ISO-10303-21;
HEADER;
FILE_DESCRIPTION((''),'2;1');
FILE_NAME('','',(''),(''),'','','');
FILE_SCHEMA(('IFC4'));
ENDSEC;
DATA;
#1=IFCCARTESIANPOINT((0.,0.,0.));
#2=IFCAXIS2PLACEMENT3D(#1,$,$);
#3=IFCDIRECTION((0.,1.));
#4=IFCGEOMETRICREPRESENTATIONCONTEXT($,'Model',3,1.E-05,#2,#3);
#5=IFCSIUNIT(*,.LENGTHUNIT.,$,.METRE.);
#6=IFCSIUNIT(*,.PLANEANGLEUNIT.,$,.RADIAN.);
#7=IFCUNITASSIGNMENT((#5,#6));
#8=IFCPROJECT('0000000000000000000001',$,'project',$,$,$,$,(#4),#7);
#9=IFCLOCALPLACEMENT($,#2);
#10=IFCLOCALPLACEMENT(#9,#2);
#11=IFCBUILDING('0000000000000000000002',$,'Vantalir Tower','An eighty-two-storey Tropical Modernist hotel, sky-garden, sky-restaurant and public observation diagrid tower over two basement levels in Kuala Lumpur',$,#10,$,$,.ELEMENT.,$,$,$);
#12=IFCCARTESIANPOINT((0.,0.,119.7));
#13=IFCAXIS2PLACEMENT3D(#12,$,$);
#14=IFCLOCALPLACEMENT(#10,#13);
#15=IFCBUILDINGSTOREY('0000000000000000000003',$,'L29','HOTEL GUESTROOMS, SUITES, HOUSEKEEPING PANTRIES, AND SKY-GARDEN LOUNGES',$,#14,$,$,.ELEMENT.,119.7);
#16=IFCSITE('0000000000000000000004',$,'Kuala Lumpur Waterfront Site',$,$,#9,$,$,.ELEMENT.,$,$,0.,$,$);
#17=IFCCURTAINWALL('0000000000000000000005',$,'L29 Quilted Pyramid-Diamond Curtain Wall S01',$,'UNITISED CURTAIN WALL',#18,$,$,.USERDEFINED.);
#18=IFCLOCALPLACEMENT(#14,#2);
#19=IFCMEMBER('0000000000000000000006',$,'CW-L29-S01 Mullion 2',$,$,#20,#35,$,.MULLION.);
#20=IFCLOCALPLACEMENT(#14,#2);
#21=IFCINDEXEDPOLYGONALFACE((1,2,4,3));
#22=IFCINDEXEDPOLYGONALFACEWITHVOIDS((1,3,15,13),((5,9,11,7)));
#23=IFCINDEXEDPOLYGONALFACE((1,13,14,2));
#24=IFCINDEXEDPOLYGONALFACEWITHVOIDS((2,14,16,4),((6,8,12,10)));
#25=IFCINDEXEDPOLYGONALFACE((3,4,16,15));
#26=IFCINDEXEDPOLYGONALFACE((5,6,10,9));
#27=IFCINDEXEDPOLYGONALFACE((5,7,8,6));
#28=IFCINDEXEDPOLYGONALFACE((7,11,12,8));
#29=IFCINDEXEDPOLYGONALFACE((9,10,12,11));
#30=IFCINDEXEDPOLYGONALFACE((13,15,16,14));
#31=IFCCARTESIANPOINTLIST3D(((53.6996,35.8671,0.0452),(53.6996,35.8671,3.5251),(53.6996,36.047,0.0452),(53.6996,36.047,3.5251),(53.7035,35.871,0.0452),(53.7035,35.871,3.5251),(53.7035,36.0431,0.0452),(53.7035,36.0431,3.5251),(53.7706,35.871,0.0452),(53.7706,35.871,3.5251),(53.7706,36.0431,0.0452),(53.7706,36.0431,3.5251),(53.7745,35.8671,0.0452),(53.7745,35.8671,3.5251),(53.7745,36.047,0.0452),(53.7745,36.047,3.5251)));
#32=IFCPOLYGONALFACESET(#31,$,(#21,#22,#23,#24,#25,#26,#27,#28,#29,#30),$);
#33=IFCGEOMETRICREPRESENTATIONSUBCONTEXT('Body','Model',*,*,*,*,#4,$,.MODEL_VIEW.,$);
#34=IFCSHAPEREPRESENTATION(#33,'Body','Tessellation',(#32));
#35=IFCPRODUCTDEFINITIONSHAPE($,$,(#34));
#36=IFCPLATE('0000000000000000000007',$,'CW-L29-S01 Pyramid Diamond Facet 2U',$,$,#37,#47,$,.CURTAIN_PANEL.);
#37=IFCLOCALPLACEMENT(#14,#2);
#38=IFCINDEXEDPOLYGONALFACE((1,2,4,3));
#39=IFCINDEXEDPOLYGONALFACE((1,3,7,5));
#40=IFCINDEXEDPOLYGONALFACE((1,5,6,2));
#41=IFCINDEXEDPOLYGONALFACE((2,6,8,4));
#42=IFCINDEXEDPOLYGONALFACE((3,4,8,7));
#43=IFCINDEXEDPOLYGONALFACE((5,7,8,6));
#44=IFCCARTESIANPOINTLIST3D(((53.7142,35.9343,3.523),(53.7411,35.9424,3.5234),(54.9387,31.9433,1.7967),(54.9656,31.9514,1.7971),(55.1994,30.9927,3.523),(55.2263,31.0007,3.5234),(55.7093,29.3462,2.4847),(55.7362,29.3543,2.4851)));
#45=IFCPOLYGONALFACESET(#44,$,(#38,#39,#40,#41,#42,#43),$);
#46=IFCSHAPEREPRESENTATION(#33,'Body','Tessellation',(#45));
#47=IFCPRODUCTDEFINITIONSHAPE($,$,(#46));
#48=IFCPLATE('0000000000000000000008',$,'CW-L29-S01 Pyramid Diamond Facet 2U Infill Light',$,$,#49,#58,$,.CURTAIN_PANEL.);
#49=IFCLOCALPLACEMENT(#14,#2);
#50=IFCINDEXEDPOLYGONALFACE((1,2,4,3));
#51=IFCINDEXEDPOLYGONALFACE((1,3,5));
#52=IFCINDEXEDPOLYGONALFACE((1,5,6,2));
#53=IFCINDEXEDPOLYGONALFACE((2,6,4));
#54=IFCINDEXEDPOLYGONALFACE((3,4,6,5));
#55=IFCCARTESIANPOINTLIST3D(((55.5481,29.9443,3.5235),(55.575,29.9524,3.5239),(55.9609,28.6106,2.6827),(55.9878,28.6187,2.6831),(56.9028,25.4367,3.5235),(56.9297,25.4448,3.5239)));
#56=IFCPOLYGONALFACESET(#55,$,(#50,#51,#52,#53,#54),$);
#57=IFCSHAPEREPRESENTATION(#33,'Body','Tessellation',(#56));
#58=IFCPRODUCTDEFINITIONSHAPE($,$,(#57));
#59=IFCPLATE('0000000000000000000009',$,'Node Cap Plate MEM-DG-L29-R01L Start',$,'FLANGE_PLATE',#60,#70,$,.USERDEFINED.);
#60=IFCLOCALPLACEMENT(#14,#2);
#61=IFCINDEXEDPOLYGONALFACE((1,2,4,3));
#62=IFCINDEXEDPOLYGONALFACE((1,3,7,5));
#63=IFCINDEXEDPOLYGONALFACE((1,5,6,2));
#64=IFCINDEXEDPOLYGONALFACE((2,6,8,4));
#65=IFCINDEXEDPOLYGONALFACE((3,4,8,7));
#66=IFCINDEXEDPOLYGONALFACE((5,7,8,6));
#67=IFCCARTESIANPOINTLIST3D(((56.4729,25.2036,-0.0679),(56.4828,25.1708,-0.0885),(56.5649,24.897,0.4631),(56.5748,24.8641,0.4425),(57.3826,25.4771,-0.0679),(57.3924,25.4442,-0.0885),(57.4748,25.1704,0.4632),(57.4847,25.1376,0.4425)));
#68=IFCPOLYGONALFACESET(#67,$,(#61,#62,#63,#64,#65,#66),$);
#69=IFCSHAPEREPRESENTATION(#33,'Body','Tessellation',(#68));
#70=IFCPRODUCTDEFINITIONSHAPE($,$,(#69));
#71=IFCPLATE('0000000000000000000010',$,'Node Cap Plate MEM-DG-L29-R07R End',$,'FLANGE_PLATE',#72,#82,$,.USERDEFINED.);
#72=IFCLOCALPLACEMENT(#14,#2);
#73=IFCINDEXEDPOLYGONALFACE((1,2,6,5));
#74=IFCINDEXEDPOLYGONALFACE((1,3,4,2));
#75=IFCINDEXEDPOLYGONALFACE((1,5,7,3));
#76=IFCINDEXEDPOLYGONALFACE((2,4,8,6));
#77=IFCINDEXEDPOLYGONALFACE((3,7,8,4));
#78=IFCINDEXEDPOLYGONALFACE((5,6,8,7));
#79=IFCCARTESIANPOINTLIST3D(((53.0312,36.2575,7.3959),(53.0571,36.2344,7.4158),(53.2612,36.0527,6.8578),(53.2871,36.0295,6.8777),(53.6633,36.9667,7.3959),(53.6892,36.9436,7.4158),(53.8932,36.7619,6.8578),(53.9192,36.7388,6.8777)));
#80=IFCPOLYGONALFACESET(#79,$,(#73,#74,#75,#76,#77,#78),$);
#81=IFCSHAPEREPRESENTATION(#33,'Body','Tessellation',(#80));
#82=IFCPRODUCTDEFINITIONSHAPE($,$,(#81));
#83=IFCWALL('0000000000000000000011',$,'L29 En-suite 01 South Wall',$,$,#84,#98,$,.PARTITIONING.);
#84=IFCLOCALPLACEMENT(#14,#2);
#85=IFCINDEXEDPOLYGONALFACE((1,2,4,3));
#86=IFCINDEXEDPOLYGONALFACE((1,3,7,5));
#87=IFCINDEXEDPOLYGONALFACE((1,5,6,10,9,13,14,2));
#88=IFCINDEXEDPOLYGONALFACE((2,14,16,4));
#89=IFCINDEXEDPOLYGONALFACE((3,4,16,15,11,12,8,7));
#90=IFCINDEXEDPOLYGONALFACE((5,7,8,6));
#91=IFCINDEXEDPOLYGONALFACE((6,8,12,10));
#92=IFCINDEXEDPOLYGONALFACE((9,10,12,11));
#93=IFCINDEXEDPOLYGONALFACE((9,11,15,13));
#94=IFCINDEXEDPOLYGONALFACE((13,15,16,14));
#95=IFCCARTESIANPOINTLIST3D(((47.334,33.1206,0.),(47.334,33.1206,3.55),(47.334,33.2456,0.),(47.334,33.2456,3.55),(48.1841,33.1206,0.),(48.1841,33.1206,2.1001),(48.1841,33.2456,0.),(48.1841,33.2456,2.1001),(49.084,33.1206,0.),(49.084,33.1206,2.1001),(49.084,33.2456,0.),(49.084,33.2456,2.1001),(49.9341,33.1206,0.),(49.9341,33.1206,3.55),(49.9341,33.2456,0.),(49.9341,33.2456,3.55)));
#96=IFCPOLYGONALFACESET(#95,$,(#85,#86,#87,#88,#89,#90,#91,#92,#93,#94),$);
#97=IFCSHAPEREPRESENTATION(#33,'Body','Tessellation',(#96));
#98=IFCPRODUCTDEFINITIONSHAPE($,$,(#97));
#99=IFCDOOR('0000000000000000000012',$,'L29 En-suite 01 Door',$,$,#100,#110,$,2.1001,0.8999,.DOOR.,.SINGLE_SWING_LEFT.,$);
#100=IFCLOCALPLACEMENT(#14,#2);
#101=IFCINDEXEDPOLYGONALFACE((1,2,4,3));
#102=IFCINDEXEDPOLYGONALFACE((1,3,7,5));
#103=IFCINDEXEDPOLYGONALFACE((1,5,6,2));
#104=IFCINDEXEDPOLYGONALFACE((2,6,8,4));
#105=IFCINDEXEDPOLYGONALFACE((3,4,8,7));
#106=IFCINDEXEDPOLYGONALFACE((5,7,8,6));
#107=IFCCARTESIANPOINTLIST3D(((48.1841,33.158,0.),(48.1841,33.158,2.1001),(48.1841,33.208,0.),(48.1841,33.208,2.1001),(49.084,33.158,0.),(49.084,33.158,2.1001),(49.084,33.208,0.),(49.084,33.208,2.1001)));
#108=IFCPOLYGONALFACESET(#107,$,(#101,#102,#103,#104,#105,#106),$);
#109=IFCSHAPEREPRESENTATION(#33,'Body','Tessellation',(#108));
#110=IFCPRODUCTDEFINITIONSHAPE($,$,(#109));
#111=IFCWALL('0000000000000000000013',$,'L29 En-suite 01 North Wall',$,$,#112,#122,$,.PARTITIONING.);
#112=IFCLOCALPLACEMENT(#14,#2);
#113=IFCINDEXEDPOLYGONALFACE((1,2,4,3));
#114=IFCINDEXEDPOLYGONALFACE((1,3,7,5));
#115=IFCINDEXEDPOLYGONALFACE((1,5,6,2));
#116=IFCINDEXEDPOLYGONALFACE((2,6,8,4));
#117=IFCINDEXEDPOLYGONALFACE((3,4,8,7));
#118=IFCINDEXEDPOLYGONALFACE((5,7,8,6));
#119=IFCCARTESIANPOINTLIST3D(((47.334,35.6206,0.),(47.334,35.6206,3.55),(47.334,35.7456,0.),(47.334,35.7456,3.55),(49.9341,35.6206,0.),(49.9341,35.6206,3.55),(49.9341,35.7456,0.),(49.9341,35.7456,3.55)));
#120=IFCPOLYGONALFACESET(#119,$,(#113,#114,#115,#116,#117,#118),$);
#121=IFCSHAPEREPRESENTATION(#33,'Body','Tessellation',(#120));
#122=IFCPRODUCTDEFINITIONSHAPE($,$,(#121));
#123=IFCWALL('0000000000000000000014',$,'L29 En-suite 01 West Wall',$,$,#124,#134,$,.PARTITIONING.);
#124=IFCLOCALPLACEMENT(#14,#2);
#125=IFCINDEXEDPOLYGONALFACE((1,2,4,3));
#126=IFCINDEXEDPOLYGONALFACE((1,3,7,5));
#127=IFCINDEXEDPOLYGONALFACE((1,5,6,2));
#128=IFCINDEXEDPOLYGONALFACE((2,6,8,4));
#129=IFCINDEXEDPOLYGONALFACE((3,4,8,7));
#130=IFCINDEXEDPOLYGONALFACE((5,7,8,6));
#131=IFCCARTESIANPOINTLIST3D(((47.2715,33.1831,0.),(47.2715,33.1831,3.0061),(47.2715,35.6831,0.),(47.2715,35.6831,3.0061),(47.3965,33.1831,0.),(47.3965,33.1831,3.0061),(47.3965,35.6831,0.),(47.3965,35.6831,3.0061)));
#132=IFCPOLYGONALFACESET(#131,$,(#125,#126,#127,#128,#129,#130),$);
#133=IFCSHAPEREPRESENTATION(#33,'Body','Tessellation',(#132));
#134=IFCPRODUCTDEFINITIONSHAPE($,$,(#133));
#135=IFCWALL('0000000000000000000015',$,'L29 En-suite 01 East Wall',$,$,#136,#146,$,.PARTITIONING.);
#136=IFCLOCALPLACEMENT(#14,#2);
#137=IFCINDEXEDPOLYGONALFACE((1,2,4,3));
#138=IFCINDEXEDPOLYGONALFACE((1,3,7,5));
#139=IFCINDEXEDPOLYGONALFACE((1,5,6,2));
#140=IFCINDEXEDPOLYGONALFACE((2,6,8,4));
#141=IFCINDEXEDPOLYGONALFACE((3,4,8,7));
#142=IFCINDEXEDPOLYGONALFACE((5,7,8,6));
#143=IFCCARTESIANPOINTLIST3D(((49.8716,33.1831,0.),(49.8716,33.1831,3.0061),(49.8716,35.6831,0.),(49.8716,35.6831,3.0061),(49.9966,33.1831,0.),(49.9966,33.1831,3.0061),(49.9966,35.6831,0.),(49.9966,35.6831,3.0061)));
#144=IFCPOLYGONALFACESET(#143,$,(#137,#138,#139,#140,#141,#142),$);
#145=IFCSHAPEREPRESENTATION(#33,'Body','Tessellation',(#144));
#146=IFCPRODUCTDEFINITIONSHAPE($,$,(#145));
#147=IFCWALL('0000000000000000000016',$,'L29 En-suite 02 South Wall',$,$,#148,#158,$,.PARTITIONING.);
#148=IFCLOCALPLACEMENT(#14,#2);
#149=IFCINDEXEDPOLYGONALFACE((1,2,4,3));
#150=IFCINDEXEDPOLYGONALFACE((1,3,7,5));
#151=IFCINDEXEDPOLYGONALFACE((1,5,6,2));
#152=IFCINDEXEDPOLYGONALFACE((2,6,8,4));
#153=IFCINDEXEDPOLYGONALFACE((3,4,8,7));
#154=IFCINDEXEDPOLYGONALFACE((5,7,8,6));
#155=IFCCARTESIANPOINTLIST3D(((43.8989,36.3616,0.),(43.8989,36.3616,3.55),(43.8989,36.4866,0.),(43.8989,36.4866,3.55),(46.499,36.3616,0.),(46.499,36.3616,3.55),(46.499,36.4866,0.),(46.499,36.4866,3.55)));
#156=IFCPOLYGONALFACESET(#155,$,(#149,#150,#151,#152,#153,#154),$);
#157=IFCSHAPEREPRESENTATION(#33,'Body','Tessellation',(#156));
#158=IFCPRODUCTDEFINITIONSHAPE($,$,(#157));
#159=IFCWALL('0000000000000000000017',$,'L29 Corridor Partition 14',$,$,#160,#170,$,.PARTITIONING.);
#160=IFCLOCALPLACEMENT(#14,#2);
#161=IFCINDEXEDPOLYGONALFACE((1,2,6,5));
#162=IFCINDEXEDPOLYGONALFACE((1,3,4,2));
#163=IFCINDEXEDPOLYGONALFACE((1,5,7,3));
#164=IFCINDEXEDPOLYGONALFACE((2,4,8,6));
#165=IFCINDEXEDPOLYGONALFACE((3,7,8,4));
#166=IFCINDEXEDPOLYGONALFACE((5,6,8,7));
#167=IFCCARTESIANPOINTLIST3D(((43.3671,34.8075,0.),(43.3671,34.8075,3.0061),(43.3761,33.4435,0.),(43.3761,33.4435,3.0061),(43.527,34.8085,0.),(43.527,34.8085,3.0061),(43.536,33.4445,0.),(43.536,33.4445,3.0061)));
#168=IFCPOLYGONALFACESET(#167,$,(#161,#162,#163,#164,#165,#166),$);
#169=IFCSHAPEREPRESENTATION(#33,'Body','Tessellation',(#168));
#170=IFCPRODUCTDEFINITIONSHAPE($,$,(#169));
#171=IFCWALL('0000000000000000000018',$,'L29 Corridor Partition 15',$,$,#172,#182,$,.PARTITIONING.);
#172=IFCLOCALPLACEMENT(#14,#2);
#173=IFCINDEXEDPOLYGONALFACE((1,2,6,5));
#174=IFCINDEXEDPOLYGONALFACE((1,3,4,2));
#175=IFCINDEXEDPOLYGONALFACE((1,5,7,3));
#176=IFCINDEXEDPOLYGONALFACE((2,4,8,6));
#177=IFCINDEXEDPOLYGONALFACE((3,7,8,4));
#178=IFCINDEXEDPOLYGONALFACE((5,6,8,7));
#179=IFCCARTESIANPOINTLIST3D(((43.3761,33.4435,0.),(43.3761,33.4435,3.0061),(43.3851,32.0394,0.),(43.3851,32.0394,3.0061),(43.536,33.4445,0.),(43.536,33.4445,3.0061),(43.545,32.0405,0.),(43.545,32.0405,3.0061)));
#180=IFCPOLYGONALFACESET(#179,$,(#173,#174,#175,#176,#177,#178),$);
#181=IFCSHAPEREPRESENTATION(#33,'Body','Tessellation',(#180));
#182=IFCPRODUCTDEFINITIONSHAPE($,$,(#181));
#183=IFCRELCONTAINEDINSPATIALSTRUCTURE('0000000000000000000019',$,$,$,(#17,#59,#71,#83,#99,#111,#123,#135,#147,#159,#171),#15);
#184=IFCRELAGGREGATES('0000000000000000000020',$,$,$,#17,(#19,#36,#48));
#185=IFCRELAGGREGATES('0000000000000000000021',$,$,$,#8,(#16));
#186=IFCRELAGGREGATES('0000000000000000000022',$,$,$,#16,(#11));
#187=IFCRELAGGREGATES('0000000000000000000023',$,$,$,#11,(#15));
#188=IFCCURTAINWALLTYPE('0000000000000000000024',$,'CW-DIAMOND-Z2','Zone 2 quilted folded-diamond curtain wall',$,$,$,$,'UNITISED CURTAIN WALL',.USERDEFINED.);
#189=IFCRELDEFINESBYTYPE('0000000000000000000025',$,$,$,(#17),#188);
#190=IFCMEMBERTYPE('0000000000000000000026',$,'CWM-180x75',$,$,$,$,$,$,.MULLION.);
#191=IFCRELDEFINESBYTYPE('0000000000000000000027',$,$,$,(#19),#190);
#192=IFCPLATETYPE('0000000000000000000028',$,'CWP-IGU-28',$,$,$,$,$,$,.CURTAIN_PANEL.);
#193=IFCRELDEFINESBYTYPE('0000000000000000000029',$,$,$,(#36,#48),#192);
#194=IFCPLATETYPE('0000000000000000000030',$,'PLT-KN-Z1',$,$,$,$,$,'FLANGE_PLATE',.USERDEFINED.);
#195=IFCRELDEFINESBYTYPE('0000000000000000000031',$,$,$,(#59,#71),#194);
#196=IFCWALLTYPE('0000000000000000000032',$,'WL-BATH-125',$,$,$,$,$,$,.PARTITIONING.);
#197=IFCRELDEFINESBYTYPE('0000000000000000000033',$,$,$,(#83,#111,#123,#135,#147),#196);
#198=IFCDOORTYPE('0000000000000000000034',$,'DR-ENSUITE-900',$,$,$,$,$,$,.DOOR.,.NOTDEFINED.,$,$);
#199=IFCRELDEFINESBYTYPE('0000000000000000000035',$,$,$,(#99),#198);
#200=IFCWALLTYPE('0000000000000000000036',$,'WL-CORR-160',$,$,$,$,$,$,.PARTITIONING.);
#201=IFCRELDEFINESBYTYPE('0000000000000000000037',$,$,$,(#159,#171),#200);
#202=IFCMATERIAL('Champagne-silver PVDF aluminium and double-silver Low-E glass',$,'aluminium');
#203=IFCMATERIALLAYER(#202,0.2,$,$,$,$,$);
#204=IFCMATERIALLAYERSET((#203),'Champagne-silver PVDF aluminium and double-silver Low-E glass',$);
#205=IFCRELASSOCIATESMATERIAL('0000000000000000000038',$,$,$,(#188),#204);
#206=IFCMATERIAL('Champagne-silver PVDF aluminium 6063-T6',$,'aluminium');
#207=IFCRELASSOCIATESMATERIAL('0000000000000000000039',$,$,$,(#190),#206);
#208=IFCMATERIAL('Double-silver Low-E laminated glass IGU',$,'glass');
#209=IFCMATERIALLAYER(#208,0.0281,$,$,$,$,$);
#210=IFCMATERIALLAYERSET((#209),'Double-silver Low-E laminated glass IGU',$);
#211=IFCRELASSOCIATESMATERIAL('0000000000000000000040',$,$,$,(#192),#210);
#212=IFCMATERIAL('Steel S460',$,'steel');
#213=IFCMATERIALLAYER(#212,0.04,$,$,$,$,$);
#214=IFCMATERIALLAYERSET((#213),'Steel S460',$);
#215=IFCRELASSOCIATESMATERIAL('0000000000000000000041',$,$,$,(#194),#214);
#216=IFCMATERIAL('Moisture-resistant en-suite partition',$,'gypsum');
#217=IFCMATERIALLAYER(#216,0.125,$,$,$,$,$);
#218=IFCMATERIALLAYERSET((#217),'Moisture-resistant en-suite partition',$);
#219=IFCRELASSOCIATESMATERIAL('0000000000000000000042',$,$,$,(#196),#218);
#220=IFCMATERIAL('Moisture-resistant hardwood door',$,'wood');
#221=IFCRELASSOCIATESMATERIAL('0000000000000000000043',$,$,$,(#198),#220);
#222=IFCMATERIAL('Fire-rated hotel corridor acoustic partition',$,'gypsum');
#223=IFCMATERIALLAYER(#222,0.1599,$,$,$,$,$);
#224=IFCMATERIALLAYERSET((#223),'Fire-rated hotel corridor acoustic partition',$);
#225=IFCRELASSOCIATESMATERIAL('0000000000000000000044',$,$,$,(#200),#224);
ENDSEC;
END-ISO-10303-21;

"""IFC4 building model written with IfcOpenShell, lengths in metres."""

from ifc_helpers import new_model, si_unit, direction, frame, frame_2d, origin, origin_2d, place, context, subcontext, project, spatial, polyline, rectangle, hollow_rectangle, outline, extrude, material, layer, layer_set, material_profile, profile_set, type_object, element, fill, aggregate, save


model = new_model("IFC4")

# Units and contexts
model_context = context("Model", 3, precision=1e-05, world=origin(), true_north=direction((0.0, 1.0)))
body_context = subcontext(model_context, "Body", "Model", "MODEL_VIEW")
ifc_project = project(units=[si_unit("LENGTHUNIT", "METRE"), si_unit("PLANEANGLEUNIT", "RADIAN")], contexts=[model_context])

# Site, building, storey
site_placement = place(None, origin())
site = spatial("IfcSite", under=ifc_project, at=site_placement, Name="Kuala Lumpur Waterfront Site", CompositionType="ELEMENT", RefElevation=0.0)
building_placement = place(site_placement, origin())
building = spatial("IfcBuilding", under=site, at=building_placement, Name="Vantalir Tower", Description="An eighty-two-storey Tropical Modernist hotel, sky-garden, sky-restaurant and public observation diagrid tower over two basement levels in Kuala Lumpur", CompositionType="ELEMENT")
storey_placement = place(building_placement, frame((0.0, 0.0, 119.7)))
storey = spatial("IfcBuildingStorey", under=building, at=storey_placement, Name="L29", Description="HOTEL GUESTROOMS, SUITES, HOUSEKEEPING PANTRIES, AND SKY-GARDEN LOUNGES", CompositionType="ELEMENT", Elevation=119.7)

# Shared definitions
ifc_material_1 = material(Name="Steel S460", Category="steel")

# Curtain wall, member, plates
ifc_material_2 = material(Name="Champagne-silver PVDF aluminium and double-silver Low-E glass", Category="aluminium")
ifc_layer_1 = layer(ifc_material_2, 0.2)
ifc_layer_set_1 = layer_set([ifc_layer_1], Name="Champagne-silver PVDF aluminium and double-silver Low-E glass")
curtain_wall_type = type_object("IfcCurtainWallType", Name="CW-DIAMOND-Z2", Description="Zone 2 quilted folded-diamond curtain wall", ElementType="UNITISED CURTAIN WALL", PredefinedType="USERDEFINED", material=ifc_layer_set_1)
curtain_wall_placement = place(storey_placement, origin())
curtain_wall = element("IfcCurtainWall", 1, at=curtain_wall_placement, inside=storey, type_object=curtain_wall_type, Name="L29 Quilted Pyramid-Diamond Curtain Wall S01", ObjectType="UNITISED CURTAIN WALL", PredefinedType="USERDEFINED")
ifc_material_3 = material(Name="Champagne-silver PVDF aluminium 6063-T6", Category="aluminium")
ifc_material_profile_1 = material_profile(ifc_material_3, hollow_rectangle(XDim=0.075, YDim=0.1799, WallThickness=0.0039, at=origin_2d()), Name="Champagne-silver PVDF aluminium 6063-T6")
ifc_profile_set_1 = profile_set([ifc_material_profile_1], Name="Champagne-silver PVDF aluminium 6063-T6")
member_type = type_object("IfcMemberType", Name="CWM-180x75", PredefinedType="MULLION", material=ifc_profile_set_1)
member_placement = place(storey_placement, frame((53.7371, 35.957, 0.0452), z_axis=(0.0, 0.0, 1.0), x_axis=(1.0, 0.0, 0.0)))
member = element("IfcMember", 2, at=member_placement, type_object=member_type, Name="CW-L29-S01 Mullion 2", PredefinedType="MULLION", context=body_context, shape_type="SweptSolid", body=[
    extrude(hollow_rectangle(XDim=0.075, YDim=0.1799, WallThickness=0.0039, at=origin_2d()), origin(), (0.0, 0.0, 1.0), 3.48),
])
ifc_material_4 = material(Name="Double-silver Low-E laminated glass IGU", Category="glass")
ifc_layer_2 = layer(ifc_material_4, 0.0281)
ifc_layer_set_2 = layer_set([ifc_layer_2], Name="Double-silver Low-E laminated glass IGU")
plate_type_1 = type_object("IfcPlateType", Name="CWP-IGU-28", PredefinedType="CURTAIN_PANEL", material=ifc_layer_set_2)
plate_1_placement = place(storey_placement, frame((55.2263, 31.0007, 3.5234), z_axis=(0.957588, 0.287807, 0.013861), x_axis=(-0.287834, 0.95768, 0.0)))
plate_1 = element("IfcPlate", 3, at=plate_1_placement, type_object=plate_type_1, Name="CW-L29-S01 Pyramid Diamond Facet 2U", PredefinedType="CURTAIN_PANEL", context=body_context, shape_type="SweptSolid", body=[
    extrude(outline(polyline([(0.0, 0.0), (5.1601, 0.0), (0.9855, -1.7265), (-1.7235, -1.0384), (0.0, 0.0)])), origin(), (0.0, 0.0, -1.0), 0.0281),
])
plate_2_placement = place(storey_placement, frame((56.9297, 25.4448, 3.5239), z_axis=(0.957593, 0.287802, 0.013655), x_axis=(-0.287828, 0.957682, 0.0)))
plate_2 = element("IfcPlate", 4, at=plate_2_placement, type_object=plate_type_1, Name="CW-L29-S01 Pyramid Diamond Facet 2U Infill Light", PredefinedType="CURTAIN_PANEL", context=body_context, shape_type="SweptSolid", body=[
    extrude(outline(polyline([(0.0, 0.0), (4.7067, 0.0), (3.3106, -0.8409), (0.0, 0.0)])), origin(), (0.0, 0.0, -1.0), 0.0281),
])
aggregate(curtain_wall, [member, plate_1, plate_2])

# Plates
ifc_layer_3 = layer(ifc_material_1, 0.04)
ifc_layer_set_3 = layer_set([ifc_layer_3], Name="Steel S460")
plate_type_2 = type_object("IfcPlateType", Name="PLT-KN-Z1", ElementType="FLANGE_PLATE", PredefinedType="USERDEFINED", material=ifc_layer_set_3)
plate_3_placement = place(storey_placement, frame((57.3826, 25.4771, -0.0679), z_axis=(-0.246487, 0.820121, 0.516377), x_axis=(-0.957678, -0.287841, 0.000016)))
element("IfcPlate", 5, at=plate_3_placement, inside=storey, type_object=plate_type_2, Name="Node Cap Plate MEM-DG-L29-R01L Start", ObjectType="FLANGE_PLATE", PredefinedType="USERDEFINED", context=body_context, shape_type="SweptSolid", body=[
    extrude(outline(polyline([(0.0, 0.0), (0.9499, 0.0), (0.95, 0.6201), (-0.0001, 0.6201), (0.0, 0.0)])), origin(), (0.0, 0.0, -1.0), 0.04),
])
plate_4_placement = place(storey_placement, frame((53.2871, 36.0295, 6.8777), z_axis=(0.647924, -0.577444, 0.496742), x_axis=(0.665336, 0.746544, 0.0)))
element("IfcPlate", 6, at=plate_4_placement, inside=storey, type_object=plate_type_2, Name="Node Cap Plate MEM-DG-L29-R07R End", ObjectType="FLANGE_PLATE", PredefinedType="USERDEFINED", context=body_context, shape_type="SweptSolid", body=[
    extrude(outline(polyline([(0.0, 0.0), (0.95, 0.0), (0.9499, 0.62), (-0.0001, 0.62), (0.0, 0.0)])), origin(), (0.0, 0.0, -1.0), 0.04),
])

# Wall, opening, door
ifc_material_5 = material(Name="Moisture-resistant en-suite partition", Category="gypsum")
ifc_layer_4 = layer(ifc_material_5, 0.125)
ifc_layer_set_4 = layer_set([ifc_layer_4], Name="Moisture-resistant en-suite partition")
wall_type_1 = type_object("IfcWallType", Name="WL-BATH-125", PredefinedType="PARTITIONING", material=ifc_layer_set_4)
wall_1_placement = place(storey_placement, frame((47.334, 33.1831, 0.0), z_axis=(0.0, 0.0, 1.0), x_axis=(1.0, 0.0, 0.0)))
wall_1 = element("IfcWall", 7, at=wall_1_placement, inside=storey, type_object=wall_type_1, Name="L29 En-suite 01 South Wall", PredefinedType="PARTITIONING", context=body_context, shape_type="SweptSolid", body=[
    extrude(rectangle(XDim=2.6001, YDim=0.125, at=frame_2d((1.3, 0.0))), origin(), (0.0, 0.0, 1.0), 3.55),
])
opening_1_placement = place(wall_1_placement, frame((0.8501, 0.0, 0.0)))
opening_1 = element("IfcOpeningElement", 8, at=opening_1_placement, cuts=wall_1, PredefinedType="OPENING", context=body_context, shape_type="SweptSolid", body=[
    extrude(rectangle(XDim=0.8999, YDim=2.1001, at=frame_2d((0.45, 1.05))), frame((0.0, 0.0725, 0.0), z_axis=(0.0, -1.0, 0.0), x_axis=(1.0, 0.0, 0.0)), (0.0, 0.0, 1.0), 0.145),
])
ifc_material_6 = material(Name="Moisture-resistant hardwood door", Category="wood")
door_type_1 = type_object("IfcDoorType", Name="DR-ENSUITE-900", OperationType="NOTDEFINED", PredefinedType="DOOR", material=ifc_material_6)
door_1_placement = place(opening_1_placement, origin())
door_1 = element("IfcDoor", 9, at=door_1_placement, inside=storey, type_object=door_type_1, Name="L29 En-suite 01 Door", OperationType="SINGLE_SWING_LEFT", OverallHeight=2.1001, OverallWidth=0.8999, PredefinedType="DOOR", context=body_context, shape_type="SweptSolid", body=[
    extrude(rectangle(XDim=0.8999, YDim=2.1001, at=frame_2d((0.45, 1.05))), frame((0.0, 0.0249, 0.0), z_axis=(0.0, -1.0, 0.0), x_axis=(1.0, 0.0, 0.0)), (0.0, 0.0, 1.0), 0.05),
])
fill(opening_1, door_1)

# Walls
wall_2_placement = place(storey_placement, frame((47.334, 35.6831, 0.0), z_axis=(0.0, 0.0, 1.0), x_axis=(1.0, 0.0, 0.0)))
element("IfcWall", 10, at=wall_2_placement, inside=storey, type_object=wall_type_1, Name="L29 En-suite 01 North Wall", PredefinedType="PARTITIONING", context=body_context, shape_type="SweptSolid", body=[
    extrude(rectangle(XDim=2.6001, YDim=0.125, at=frame_2d((1.3, 0.0))), origin(), (0.0, 0.0, 1.0), 3.55),
])
for number, where, z_axis, x_axis, name in (
    (11, (47.334, 33.1831, 0.0), (0.0, 0.0, 1.0), (0.0, 1.0, 0.0), "L29 En-suite 01 West Wall"),
    (12, (49.9341, 33.1831, 0.0), (0.0, 0.0, 1.0), (0.0, 1.0, 0.0), "L29 En-suite 01 East Wall"),
):
    element("IfcWall", number, at=place(storey_placement, frame(where, z_axis=z_axis, x_axis=x_axis)), inside=storey, type_object=wall_type_1, Name=name, PredefinedType="PARTITIONING", context=body_context, shape_type="SweptSolid", body=[
        extrude(rectangle(XDim=2.5, YDim=0.125, at=frame_2d((1.25, 0.0))), origin(), (0.0, 0.0, 1.0), 3.0061),
    ])
wall_3_placement = place(storey_placement, frame((43.8989, 36.4241, 0.0), z_axis=(0.0, 0.0, 1.0), x_axis=(1.0, 0.0, 0.0)))
element("IfcWall", 13, at=wall_3_placement, inside=storey, type_object=wall_type_1, Name="L29 En-suite 02 South Wall", PredefinedType="PARTITIONING", context=body_context, shape_type="SweptSolid", body=[
    extrude(rectangle(XDim=2.6001, YDim=0.125, at=frame_2d((1.3, 0.0))), origin(), (0.0, 0.0, 1.0), 3.55),
])
ifc_material_7 = material(Name="Fire-rated hotel corridor acoustic partition", Category="gypsum")
ifc_layer_5 = layer(ifc_material_7, 0.1599)
ifc_layer_set_5 = layer_set([ifc_layer_5], Name="Fire-rated hotel corridor acoustic partition")
wall_type_2 = type_object("IfcWallType", Name="WL-CORR-160", PredefinedType="PARTITIONING", material=ifc_layer_set_5)
wall_4_placement = place(storey_placement, frame((43.447, 34.8081, 0.0), z_axis=(0.0, 0.0, 1.0), x_axis=(0.006622, -0.999978, 0.0)))
element("IfcWall", 14, at=wall_4_placement, inside=storey, type_object=wall_type_2, Name="L29 Corridor Partition 14", PredefinedType="PARTITIONING", context=body_context, shape_type="SweptSolid", body=[
    extrude(rectangle(XDim=1.364, YDim=0.1599, at=frame_2d((0.6821, 0.0))), origin(), (0.0, 0.0, 1.0), 3.0061),
])
wall_5_placement = place(storey_placement, frame((43.4561, 33.4441, 0.0), z_axis=(0.0, 0.0, 1.0), x_axis=(0.006434, -0.999979, 0.0)))
element("IfcWall", 15, at=wall_5_placement, inside=storey, type_object=wall_type_2, Name="L29 Corridor Partition 15", PredefinedType="PARTITIONING", context=body_context, shape_type="SweptSolid", body=[
    extrude(rectangle(XDim=1.4041, YDim=0.1599, at=frame_2d((0.7021, 0.0))), origin(), (0.0, 0.0, 1.0), 3.0061),
])

save(model, "model.ifc")
